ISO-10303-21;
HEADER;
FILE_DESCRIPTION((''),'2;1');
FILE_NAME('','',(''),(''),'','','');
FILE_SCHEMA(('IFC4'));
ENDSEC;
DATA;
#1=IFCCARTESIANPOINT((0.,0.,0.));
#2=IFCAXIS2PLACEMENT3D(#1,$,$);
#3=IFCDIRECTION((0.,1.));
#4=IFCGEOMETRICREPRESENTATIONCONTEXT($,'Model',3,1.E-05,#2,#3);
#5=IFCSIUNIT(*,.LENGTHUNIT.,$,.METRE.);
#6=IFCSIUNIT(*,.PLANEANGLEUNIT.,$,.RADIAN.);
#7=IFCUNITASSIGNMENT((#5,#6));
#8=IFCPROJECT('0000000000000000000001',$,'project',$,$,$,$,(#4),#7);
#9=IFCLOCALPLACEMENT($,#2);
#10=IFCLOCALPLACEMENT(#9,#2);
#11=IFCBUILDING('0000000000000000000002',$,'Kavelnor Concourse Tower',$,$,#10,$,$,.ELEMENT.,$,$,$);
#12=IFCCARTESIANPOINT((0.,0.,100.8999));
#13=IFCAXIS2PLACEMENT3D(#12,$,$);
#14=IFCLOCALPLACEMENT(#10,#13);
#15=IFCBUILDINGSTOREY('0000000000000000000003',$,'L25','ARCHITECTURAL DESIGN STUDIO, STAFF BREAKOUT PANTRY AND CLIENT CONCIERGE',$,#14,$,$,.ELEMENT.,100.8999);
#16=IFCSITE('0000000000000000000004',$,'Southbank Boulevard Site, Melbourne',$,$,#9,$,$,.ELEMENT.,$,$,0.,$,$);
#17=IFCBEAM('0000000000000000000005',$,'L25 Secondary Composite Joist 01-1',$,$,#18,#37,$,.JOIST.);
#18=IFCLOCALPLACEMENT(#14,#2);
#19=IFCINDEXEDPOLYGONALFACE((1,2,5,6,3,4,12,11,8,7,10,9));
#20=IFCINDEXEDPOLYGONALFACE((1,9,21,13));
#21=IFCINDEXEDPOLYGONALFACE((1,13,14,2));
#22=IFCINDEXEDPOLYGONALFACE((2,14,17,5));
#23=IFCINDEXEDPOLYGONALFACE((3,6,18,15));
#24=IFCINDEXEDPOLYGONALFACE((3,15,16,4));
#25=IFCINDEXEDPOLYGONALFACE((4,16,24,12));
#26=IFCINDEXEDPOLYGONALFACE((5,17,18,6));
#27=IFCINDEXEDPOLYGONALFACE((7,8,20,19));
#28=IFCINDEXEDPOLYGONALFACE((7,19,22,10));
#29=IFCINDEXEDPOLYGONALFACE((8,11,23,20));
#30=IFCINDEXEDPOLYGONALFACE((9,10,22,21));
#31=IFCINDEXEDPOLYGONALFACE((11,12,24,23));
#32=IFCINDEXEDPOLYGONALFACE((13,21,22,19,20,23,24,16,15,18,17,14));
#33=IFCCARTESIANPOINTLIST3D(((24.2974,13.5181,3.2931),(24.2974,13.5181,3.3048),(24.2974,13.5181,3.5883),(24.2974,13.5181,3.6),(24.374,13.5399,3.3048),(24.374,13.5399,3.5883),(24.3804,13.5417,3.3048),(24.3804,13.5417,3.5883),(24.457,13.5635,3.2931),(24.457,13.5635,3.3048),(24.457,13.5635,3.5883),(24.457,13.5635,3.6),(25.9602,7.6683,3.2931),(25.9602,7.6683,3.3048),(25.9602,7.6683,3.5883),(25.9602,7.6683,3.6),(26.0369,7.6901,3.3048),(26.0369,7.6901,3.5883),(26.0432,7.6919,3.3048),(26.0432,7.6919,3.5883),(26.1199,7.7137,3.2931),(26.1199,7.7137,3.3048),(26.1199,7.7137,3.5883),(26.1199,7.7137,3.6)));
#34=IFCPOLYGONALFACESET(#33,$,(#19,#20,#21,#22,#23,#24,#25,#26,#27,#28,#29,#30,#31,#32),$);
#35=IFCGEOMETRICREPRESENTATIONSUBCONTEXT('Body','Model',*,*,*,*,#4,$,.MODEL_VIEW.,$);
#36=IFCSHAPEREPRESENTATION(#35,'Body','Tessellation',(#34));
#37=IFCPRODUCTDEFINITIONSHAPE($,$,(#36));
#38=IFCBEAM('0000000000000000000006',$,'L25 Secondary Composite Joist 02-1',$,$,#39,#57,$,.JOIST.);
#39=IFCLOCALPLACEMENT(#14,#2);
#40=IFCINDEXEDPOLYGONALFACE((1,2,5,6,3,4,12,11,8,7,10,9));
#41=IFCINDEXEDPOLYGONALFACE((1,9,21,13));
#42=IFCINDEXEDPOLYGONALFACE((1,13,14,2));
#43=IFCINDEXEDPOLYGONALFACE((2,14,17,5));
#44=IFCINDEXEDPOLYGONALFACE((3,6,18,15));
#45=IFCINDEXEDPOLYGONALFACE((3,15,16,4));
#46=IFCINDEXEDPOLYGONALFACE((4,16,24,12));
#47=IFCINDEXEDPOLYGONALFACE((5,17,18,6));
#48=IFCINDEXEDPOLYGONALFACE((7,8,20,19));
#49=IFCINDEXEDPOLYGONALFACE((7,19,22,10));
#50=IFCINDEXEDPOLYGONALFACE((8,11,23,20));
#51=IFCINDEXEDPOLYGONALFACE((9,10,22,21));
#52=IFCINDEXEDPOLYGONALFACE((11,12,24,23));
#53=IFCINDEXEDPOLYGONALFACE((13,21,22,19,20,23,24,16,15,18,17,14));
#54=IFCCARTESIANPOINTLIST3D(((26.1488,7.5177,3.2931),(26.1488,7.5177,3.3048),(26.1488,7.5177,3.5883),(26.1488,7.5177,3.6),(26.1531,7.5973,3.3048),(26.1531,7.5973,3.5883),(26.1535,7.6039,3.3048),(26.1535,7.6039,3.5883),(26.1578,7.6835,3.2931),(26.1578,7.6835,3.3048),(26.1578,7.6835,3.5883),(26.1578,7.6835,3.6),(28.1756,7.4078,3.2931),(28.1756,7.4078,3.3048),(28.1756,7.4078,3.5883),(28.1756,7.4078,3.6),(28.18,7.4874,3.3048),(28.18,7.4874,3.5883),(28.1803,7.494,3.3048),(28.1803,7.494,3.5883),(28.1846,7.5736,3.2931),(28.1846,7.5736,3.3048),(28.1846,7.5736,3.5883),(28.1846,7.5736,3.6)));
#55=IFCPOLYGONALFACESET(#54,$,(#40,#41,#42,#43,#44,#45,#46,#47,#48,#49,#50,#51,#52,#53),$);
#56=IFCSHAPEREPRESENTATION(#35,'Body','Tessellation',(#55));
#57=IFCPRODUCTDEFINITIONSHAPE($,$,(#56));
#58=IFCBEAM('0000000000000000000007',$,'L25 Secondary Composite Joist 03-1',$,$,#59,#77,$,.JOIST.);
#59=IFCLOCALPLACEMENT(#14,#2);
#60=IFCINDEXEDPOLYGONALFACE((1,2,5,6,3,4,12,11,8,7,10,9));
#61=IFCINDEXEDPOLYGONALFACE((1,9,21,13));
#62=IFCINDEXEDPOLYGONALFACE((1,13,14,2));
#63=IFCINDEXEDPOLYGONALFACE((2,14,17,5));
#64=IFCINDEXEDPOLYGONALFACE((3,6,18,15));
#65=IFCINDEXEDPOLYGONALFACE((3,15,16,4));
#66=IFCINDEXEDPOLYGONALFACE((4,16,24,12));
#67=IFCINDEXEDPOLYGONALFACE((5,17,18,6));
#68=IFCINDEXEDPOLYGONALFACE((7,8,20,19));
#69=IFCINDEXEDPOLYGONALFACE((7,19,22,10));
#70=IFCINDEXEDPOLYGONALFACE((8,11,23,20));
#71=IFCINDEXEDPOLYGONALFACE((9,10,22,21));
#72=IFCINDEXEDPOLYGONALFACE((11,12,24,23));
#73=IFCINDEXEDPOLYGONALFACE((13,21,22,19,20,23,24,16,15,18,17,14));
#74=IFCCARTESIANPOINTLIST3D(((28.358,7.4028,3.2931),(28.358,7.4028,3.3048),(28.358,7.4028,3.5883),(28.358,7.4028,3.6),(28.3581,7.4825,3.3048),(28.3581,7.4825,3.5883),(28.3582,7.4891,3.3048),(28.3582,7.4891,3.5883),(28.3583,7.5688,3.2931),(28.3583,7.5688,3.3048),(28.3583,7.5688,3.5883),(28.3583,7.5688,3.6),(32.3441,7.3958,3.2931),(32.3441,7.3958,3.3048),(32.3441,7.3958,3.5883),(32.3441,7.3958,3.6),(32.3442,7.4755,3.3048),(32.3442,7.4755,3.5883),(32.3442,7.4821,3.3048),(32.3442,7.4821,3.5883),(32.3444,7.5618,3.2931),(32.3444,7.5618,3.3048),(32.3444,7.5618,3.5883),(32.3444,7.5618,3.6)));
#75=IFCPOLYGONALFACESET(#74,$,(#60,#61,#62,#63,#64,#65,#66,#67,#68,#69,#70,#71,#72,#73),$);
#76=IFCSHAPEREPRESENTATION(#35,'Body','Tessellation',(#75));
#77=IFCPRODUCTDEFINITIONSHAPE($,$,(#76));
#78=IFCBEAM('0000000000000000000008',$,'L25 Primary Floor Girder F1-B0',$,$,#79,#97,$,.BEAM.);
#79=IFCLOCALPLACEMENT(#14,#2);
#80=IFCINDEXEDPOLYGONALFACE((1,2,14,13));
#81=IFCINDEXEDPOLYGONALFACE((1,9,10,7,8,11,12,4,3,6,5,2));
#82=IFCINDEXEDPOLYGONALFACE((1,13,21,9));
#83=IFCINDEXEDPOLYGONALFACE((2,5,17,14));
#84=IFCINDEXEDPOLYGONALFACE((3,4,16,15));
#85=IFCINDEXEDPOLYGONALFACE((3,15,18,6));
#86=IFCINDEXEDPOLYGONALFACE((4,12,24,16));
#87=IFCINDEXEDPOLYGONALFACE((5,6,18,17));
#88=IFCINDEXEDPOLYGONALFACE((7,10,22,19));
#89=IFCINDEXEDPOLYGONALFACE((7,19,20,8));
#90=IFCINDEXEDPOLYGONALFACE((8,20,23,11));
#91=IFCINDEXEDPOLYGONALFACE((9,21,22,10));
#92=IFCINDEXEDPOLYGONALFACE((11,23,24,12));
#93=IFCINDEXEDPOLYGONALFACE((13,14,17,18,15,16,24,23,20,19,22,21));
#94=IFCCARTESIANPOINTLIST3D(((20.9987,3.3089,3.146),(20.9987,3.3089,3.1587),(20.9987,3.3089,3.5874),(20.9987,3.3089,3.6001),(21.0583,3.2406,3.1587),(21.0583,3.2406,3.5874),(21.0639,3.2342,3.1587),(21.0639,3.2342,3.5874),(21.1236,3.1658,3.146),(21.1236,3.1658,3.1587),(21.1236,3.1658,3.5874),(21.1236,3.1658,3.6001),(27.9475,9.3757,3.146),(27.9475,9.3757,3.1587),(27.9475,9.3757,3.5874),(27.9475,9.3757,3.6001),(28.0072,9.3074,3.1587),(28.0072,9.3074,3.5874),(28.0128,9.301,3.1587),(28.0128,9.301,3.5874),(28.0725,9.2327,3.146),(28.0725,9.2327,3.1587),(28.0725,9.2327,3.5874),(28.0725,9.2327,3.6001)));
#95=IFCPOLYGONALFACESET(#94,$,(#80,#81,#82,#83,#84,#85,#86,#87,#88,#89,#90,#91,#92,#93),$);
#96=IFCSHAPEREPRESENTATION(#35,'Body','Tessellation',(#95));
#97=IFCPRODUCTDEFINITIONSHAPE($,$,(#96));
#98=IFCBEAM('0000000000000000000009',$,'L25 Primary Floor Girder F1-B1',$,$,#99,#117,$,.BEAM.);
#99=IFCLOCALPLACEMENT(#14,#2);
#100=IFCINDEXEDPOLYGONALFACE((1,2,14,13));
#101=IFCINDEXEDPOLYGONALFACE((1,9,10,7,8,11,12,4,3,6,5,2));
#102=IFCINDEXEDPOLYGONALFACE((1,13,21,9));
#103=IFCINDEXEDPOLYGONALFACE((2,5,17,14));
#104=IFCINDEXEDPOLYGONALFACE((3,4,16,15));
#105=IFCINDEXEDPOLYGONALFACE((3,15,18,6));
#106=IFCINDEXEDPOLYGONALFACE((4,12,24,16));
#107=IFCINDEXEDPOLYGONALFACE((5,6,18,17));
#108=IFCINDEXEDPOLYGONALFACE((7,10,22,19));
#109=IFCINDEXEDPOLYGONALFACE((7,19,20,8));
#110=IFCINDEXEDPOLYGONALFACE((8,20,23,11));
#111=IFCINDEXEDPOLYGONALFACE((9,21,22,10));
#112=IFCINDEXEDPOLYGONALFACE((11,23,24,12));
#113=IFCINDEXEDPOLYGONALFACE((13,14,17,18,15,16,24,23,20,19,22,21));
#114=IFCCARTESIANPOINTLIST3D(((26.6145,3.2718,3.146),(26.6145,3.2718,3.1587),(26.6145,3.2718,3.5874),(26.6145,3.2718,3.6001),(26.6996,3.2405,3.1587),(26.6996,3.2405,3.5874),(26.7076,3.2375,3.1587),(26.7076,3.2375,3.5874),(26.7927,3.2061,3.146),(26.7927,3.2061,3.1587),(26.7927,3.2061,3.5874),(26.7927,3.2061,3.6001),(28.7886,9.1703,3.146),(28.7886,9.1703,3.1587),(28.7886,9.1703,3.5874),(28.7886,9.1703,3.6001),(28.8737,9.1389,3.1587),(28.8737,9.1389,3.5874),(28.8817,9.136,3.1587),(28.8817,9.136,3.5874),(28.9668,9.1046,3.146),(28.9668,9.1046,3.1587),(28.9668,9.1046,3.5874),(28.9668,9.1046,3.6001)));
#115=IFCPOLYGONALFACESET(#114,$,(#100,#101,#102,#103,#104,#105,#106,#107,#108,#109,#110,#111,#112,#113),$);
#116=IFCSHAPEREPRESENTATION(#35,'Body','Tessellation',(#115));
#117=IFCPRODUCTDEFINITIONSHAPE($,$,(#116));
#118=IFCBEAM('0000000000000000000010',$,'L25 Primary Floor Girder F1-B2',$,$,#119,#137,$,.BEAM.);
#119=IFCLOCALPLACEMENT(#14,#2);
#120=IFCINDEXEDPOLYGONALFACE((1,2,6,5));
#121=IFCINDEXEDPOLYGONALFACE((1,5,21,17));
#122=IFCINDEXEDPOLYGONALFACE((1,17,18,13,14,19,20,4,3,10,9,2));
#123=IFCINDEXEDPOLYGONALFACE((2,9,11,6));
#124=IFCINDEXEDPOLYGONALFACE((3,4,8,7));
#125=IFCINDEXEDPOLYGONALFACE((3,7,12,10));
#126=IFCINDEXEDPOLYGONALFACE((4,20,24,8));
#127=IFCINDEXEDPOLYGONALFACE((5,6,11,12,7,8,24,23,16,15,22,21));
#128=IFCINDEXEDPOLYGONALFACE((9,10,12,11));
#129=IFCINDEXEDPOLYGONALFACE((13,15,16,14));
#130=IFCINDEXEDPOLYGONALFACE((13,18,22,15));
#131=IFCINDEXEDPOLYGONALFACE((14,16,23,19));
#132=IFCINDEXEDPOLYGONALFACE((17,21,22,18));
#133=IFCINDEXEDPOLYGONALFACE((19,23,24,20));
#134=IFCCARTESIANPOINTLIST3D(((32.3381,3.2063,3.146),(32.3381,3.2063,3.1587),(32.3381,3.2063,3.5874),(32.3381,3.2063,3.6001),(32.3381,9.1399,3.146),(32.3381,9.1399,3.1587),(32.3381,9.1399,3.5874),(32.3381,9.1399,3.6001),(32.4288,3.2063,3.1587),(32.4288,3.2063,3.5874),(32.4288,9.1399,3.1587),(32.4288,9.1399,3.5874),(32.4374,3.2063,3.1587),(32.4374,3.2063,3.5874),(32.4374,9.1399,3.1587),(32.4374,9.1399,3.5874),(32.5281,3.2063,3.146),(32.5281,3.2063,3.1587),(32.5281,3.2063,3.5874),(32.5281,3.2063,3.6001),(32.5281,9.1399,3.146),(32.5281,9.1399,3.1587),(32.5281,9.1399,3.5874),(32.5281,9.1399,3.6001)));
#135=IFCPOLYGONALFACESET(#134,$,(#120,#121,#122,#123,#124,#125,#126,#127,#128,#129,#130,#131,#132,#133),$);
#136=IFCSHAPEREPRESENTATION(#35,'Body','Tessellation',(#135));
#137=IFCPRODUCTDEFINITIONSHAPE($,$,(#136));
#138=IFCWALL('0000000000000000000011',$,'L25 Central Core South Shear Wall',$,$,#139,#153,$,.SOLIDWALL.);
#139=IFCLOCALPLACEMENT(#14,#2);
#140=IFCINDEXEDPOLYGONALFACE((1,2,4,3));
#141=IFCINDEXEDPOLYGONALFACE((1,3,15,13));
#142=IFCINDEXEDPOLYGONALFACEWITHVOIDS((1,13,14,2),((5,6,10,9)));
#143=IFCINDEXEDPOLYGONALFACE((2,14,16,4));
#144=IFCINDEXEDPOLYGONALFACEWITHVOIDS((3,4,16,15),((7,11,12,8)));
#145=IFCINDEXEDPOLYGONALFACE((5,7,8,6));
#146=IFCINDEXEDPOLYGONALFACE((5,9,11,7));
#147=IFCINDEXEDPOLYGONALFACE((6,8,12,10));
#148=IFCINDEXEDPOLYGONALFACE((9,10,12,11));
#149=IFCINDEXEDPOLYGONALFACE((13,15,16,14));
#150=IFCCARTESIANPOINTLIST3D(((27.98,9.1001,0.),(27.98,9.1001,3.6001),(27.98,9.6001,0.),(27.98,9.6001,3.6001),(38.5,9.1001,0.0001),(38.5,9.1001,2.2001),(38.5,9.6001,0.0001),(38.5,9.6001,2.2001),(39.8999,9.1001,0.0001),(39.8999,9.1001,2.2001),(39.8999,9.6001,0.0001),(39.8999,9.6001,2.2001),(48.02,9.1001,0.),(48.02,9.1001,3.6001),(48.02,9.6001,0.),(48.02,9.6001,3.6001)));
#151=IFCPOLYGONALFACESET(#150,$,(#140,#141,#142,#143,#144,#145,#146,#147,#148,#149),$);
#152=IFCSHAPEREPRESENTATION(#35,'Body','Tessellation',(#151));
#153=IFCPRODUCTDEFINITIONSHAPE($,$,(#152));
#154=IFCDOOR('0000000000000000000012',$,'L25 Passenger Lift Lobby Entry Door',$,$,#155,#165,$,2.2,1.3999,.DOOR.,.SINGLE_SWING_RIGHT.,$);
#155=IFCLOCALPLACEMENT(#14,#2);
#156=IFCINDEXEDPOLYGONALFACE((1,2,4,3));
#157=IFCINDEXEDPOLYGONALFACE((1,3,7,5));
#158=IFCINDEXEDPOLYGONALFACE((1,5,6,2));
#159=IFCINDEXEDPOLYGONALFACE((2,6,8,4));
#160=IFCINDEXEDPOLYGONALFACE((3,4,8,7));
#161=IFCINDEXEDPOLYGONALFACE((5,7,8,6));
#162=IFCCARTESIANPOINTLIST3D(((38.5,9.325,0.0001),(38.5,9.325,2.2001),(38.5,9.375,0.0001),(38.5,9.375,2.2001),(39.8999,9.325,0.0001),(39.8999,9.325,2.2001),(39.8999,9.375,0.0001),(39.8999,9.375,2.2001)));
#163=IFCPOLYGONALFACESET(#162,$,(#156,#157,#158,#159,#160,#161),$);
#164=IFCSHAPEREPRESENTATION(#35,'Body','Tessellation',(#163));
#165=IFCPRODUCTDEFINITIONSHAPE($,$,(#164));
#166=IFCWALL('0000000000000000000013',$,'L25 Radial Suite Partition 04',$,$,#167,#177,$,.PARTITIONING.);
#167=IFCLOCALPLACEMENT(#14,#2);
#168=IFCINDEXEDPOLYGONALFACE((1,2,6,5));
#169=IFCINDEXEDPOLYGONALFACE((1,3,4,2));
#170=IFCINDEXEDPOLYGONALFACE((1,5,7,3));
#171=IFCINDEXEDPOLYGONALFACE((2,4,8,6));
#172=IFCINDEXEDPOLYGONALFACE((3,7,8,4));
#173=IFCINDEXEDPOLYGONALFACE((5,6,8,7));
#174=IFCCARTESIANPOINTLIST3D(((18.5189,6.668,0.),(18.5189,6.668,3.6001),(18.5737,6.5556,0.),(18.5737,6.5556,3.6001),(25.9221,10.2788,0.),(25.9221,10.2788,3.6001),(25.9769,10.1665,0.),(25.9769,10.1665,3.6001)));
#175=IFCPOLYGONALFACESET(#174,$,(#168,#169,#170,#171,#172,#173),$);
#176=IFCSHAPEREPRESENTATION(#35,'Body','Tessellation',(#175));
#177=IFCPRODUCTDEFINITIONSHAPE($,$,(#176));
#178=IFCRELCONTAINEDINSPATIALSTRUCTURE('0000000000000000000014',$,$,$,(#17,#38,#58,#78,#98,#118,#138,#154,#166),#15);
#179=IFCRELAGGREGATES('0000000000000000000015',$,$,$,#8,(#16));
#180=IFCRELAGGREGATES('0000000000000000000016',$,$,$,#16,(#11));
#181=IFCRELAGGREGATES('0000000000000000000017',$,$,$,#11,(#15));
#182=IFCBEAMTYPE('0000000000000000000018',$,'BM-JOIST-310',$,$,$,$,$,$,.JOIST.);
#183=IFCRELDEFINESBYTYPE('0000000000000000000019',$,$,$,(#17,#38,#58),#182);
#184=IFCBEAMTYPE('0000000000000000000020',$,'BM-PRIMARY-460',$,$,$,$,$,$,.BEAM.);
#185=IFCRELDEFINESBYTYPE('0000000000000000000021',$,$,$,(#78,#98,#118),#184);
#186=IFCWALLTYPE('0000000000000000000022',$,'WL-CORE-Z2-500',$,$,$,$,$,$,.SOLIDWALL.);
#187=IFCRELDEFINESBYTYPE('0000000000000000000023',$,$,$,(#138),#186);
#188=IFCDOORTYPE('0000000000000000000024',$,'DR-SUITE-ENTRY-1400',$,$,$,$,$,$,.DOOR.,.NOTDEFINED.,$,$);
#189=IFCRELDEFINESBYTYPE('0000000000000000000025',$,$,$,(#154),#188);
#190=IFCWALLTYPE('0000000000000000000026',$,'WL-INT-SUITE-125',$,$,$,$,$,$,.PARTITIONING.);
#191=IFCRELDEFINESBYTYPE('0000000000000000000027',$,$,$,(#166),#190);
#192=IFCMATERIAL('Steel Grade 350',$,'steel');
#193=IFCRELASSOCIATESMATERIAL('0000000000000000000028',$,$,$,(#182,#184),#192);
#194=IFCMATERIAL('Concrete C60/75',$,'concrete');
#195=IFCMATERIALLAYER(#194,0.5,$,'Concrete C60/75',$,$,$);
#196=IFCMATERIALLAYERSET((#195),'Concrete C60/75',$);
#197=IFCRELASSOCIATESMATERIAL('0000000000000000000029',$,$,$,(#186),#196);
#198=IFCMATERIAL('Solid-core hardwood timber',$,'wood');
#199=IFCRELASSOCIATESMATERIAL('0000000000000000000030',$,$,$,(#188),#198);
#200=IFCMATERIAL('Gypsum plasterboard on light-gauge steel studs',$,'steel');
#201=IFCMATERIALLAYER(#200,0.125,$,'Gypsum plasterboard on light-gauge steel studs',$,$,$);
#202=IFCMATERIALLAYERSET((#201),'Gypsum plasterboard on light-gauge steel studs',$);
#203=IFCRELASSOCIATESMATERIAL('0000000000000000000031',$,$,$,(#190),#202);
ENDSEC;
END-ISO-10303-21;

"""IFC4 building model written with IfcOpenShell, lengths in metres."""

from ifc_helpers import new_model, si_unit, direction, frame, frame_2d, origin, origin_2d, place, context, subcontext, project, spatial, rectangle, i_section, extrude, material, layer, layer_set, material_profile, profile_set, type_object, element, fill, save


model = new_model("IFC4")

# Units and contexts
model_context = context("Model", 3, precision=1e-05, world=origin(), true_north=direction((0.0, 1.0)))
body_context = subcontext(model_context, "Body", "Model", "MODEL_VIEW")
ifc_project = project(units=[si_unit("LENGTHUNIT", "METRE"), si_unit("PLANEANGLEUNIT", "RADIAN")], contexts=[model_context])

# Site, building, storey
site_placement = place(None, origin())
site = spatial("IfcSite", under=ifc_project, at=site_placement, Name="Southbank Boulevard Site, Melbourne", CompositionType="ELEMENT", RefElevation=0.0)
building_placement = place(site_placement, origin())
building = spatial("IfcBuilding", under=site, at=building_placement, Name="Kavelnor Concourse Tower", CompositionType="ELEMENT")
storey_placement = place(building_placement, frame((0.0, 0.0, 100.8999)))
storey = spatial("IfcBuildingStorey", under=building, at=storey_placement, Name="L25", Description="ARCHITECTURAL DESIGN STUDIO, STAFF BREAKOUT PANTRY AND CLIENT CONCIERGE", CompositionType="ELEMENT", Elevation=100.8999)

# Beams
ifc_material_1 = material(Name="Steel Grade 350", Category="steel")
ifc_material_profile_1 = material_profile(ifc_material_1, i_section(OverallWidth=0.166, OverallDepth=0.3069, WebThickness=0.0066, FlangeThickness=0.0117, at=origin_2d()), Name="310UB46")
ifc_profile_set_1 = profile_set([ifc_material_profile_1], Name="Steel Grade 350")
beam_type_1 = type_object("IfcBeamType", Name="BM-JOIST-310", PredefinedType="JOIST", material=ifc_profile_set_1)
beam_1_placement = place(storey_placement, frame((24.3772, 13.5408, 3.4465), z_axis=(0.273422, -0.961894, 0.0), x_axis=(0.961894, 0.273422, 0.0)))
element("IfcBeam", 1, at=beam_1_placement, inside=storey, type_object=beam_type_1, Name="L25 Secondary Composite Joist 01-1", PredefinedType="JOIST", context=body_context, shape_type="SweptSolid", body=[
    extrude(i_section(OverallWidth=0.166, OverallDepth=0.3069, WebThickness=0.0066, FlangeThickness=0.0117, at=origin_2d()), origin(), (0.0, 0.0, 1.0), 6.0815),
])
beam_2_placement = place(storey_placement, frame((26.1533, 7.6006, 3.4465), z_axis=(0.998534, -0.054124, 0.0), x_axis=(0.054124, 0.998534, 0.0)))
element("IfcBeam", 2, at=beam_2_placement, inside=storey, type_object=beam_type_1, Name="L25 Secondary Composite Joist 02-1", PredefinedType="JOIST", context=body_context, shape_type="SweptSolid", body=[
    extrude(i_section(OverallWidth=0.166, OverallDepth=0.3069, WebThickness=0.0066, FlangeThickness=0.0117, at=origin_2d()), origin(), (0.0, 0.0, 1.0), 2.0298),
])
beam_3_placement = place(storey_placement, frame((28.3582, 7.4858, 3.4465), z_axis=(0.999998, -0.001776, 0.0), x_axis=(0.001776, 0.999998, 0.0)))
element("IfcBeam", 3, at=beam_3_placement, inside=storey, type_object=beam_type_1, Name="L25 Secondary Composite Joist 03-1", PredefinedType="JOIST", context=body_context, shape_type="SweptSolid", body=[
    extrude(i_section(OverallWidth=0.166, OverallDepth=0.3069, WebThickness=0.0066, FlangeThickness=0.0117, at=origin_2d()), origin(), (0.0, 0.0, 1.0), 3.9861),
])
ifc_material_profile_2 = material_profile(ifc_material_1, i_section(OverallWidth=0.1899, OverallDepth=0.4541, WebThickness=0.0085, FlangeThickness=0.0127, at=origin_2d()), Name="460UB67")
ifc_profile_set_2 = profile_set([ifc_material_profile_2], Name="Steel Grade 350")
beam_type_2 = type_object("IfcBeamType", Name="BM-PRIMARY-460", PredefinedType="BEAM", material=ifc_profile_set_2)
beam_4_placement = place(storey_placement, frame((28.01, 9.3042, 3.373), z_axis=(-0.753299, -0.657678, 0.0), x_axis=(0.657678, -0.753299, 0.0)))
element("IfcBeam", 4, at=beam_4_placement, inside=storey, type_object=beam_type_2, Name="L25 Primary Floor Girder F1-B0", PredefinedType="BEAM", context=body_context, shape_type="SweptSolid", body=[
    extrude(i_section(OverallWidth=0.1899, OverallDepth=0.4541, WebThickness=0.0085, FlangeThickness=0.0127, at=origin_2d()), origin(), (0.0, 0.0, 1.0), 9.2246),
])
beam_5_placement = place(storey_placement, frame((28.8777, 9.1375, 3.373), z_axis=(-0.34584, -0.938293, 0.0), x_axis=(0.938293, -0.34584, 0.0)))
element("IfcBeam", 5, at=beam_5_placement, inside=storey, type_object=beam_type_2, Name="L25 Primary Floor Girder F1-B1", PredefinedType="BEAM", context=body_context, shape_type="SweptSolid", body=[
    extrude(i_section(OverallWidth=0.1899, OverallDepth=0.4541, WebThickness=0.0085, FlangeThickness=0.0127, at=origin_2d()), origin(), (0.0, 0.0, 1.0), 6.2864),
])
beam_6_placement = place(storey_placement, frame((32.4331, 9.1399, 3.373), z_axis=(0.0, -1.0, 0.0), x_axis=(1.0, 0.0, 0.0)))
element("IfcBeam", 6, at=beam_6_placement, inside=storey, type_object=beam_type_2, Name="L25 Primary Floor Girder F1-B2", PredefinedType="BEAM", context=body_context, shape_type="SweptSolid", body=[
    extrude(i_section(OverallWidth=0.1899, OverallDepth=0.4541, WebThickness=0.0085, FlangeThickness=0.0127, at=origin_2d()), origin(), (0.0, 0.0, 1.0), 5.9336),
])

# Wall, opening, door
ifc_material_2 = material(Name="Concrete C60/75", Category="concrete")
ifc_layer_1 = layer(ifc_material_2, 0.5, Name="Concrete C60/75")
ifc_layer_set_1 = layer_set([ifc_layer_1], Name="Concrete C60/75")
wall_type_1 = type_object("IfcWallType", Name="WL-CORE-Z2-500", PredefinedType="SOLIDWALL", material=ifc_layer_set_1)
wall_1_placement = place(storey_placement, frame((27.98, 9.3501, 0.0), z_axis=(0.0, 0.0, 1.0), x_axis=(1.0, 0.0, 0.0)))
wall_1 = element("IfcWall", 7, at=wall_1_placement, inside=storey, type_object=wall_type_1, Name="L25 Central Core South Shear Wall", PredefinedType="SOLIDWALL", context=body_context, shape_type="SweptSolid", body=[
    extrude(rectangle(XDim=20.04, YDim=0.5, at=frame_2d((10.02, 0.0))), origin(), (0.0, 0.0, 1.0), 3.6001),
])
opening_1_placement = place(wall_1_placement, frame((10.52, 0.0, 0.0)))
opening_1 = element("IfcOpeningElement", 8, at=opening_1_placement, cuts=wall_1, PredefinedType="OPENING", context=body_context, shape_type="SweptSolid", body=[
    extrude(rectangle(XDim=1.3999, YDim=2.2, at=frame_2d((0.7, 1.1001))), frame((0.0, 0.26, 0.0), z_axis=(0.0, -1.0, 0.0), x_axis=(1.0, 0.0, 0.0)), (0.0, 0.0, 1.0), 0.52),
])
ifc_material_3 = material(Name="Solid-core hardwood timber", Category="wood")
door_type_1 = type_object("IfcDoorType", Name="DR-SUITE-ENTRY-1400", OperationType="NOTDEFINED", PredefinedType="DOOR", material=ifc_material_3)
door_1_placement = place(opening_1_placement, origin())
door_1 = element("IfcDoor", 9, at=door_1_placement, inside=storey, type_object=door_type_1, Name="L25 Passenger Lift Lobby Entry Door", OperationType="SINGLE_SWING_RIGHT", OverallHeight=2.2, OverallWidth=1.3999, PredefinedType="DOOR", context=body_context, shape_type="SweptSolid", body=[
    extrude(rectangle(XDim=1.3999, YDim=2.2, at=frame_2d((0.7, 1.1001))), frame((0.0, 0.0249, 0.0), z_axis=(0.0, -1.0, 0.0), x_axis=(1.0, 0.0, 0.0)), (0.0, 0.0, 1.0), 0.05),
])
fill(opening_1, door_1)

# Wall
ifc_material_4 = material(Name="Gypsum plasterboard on light-gauge steel studs", Category="steel")
ifc_layer_2 = layer(ifc_material_4, 0.125, Name="Gypsum plasterboard on light-gauge steel studs")
ifc_layer_set_2 = layer_set([ifc_layer_2], Name="Gypsum plasterboard on light-gauge steel studs")
wall_type_2 = type_object("IfcWallType", Name="WL-INT-SUITE-125", PredefinedType="PARTITIONING", material=ifc_layer_set_2)
wall_2_placement = place(storey_placement, frame((25.9495, 10.2227, 0.0), z_axis=(0.0, 0.0, 1.0), x_axis=(-0.898788, -0.438383, 0.0)))
element("IfcWall", 10, at=wall_2_placement, inside=storey, type_object=wall_type_2, Name="L25 Radial Suite Partition 04", PredefinedType="PARTITIONING", context=body_context, shape_type="SweptSolid", body=[
    extrude(rectangle(XDim=8.2368, YDim=0.125, at=frame_2d((4.1184, 0.0))), origin(), (0.0, 0.0, 1.0), 3.6001),
])

save(model, "model.ifc")
